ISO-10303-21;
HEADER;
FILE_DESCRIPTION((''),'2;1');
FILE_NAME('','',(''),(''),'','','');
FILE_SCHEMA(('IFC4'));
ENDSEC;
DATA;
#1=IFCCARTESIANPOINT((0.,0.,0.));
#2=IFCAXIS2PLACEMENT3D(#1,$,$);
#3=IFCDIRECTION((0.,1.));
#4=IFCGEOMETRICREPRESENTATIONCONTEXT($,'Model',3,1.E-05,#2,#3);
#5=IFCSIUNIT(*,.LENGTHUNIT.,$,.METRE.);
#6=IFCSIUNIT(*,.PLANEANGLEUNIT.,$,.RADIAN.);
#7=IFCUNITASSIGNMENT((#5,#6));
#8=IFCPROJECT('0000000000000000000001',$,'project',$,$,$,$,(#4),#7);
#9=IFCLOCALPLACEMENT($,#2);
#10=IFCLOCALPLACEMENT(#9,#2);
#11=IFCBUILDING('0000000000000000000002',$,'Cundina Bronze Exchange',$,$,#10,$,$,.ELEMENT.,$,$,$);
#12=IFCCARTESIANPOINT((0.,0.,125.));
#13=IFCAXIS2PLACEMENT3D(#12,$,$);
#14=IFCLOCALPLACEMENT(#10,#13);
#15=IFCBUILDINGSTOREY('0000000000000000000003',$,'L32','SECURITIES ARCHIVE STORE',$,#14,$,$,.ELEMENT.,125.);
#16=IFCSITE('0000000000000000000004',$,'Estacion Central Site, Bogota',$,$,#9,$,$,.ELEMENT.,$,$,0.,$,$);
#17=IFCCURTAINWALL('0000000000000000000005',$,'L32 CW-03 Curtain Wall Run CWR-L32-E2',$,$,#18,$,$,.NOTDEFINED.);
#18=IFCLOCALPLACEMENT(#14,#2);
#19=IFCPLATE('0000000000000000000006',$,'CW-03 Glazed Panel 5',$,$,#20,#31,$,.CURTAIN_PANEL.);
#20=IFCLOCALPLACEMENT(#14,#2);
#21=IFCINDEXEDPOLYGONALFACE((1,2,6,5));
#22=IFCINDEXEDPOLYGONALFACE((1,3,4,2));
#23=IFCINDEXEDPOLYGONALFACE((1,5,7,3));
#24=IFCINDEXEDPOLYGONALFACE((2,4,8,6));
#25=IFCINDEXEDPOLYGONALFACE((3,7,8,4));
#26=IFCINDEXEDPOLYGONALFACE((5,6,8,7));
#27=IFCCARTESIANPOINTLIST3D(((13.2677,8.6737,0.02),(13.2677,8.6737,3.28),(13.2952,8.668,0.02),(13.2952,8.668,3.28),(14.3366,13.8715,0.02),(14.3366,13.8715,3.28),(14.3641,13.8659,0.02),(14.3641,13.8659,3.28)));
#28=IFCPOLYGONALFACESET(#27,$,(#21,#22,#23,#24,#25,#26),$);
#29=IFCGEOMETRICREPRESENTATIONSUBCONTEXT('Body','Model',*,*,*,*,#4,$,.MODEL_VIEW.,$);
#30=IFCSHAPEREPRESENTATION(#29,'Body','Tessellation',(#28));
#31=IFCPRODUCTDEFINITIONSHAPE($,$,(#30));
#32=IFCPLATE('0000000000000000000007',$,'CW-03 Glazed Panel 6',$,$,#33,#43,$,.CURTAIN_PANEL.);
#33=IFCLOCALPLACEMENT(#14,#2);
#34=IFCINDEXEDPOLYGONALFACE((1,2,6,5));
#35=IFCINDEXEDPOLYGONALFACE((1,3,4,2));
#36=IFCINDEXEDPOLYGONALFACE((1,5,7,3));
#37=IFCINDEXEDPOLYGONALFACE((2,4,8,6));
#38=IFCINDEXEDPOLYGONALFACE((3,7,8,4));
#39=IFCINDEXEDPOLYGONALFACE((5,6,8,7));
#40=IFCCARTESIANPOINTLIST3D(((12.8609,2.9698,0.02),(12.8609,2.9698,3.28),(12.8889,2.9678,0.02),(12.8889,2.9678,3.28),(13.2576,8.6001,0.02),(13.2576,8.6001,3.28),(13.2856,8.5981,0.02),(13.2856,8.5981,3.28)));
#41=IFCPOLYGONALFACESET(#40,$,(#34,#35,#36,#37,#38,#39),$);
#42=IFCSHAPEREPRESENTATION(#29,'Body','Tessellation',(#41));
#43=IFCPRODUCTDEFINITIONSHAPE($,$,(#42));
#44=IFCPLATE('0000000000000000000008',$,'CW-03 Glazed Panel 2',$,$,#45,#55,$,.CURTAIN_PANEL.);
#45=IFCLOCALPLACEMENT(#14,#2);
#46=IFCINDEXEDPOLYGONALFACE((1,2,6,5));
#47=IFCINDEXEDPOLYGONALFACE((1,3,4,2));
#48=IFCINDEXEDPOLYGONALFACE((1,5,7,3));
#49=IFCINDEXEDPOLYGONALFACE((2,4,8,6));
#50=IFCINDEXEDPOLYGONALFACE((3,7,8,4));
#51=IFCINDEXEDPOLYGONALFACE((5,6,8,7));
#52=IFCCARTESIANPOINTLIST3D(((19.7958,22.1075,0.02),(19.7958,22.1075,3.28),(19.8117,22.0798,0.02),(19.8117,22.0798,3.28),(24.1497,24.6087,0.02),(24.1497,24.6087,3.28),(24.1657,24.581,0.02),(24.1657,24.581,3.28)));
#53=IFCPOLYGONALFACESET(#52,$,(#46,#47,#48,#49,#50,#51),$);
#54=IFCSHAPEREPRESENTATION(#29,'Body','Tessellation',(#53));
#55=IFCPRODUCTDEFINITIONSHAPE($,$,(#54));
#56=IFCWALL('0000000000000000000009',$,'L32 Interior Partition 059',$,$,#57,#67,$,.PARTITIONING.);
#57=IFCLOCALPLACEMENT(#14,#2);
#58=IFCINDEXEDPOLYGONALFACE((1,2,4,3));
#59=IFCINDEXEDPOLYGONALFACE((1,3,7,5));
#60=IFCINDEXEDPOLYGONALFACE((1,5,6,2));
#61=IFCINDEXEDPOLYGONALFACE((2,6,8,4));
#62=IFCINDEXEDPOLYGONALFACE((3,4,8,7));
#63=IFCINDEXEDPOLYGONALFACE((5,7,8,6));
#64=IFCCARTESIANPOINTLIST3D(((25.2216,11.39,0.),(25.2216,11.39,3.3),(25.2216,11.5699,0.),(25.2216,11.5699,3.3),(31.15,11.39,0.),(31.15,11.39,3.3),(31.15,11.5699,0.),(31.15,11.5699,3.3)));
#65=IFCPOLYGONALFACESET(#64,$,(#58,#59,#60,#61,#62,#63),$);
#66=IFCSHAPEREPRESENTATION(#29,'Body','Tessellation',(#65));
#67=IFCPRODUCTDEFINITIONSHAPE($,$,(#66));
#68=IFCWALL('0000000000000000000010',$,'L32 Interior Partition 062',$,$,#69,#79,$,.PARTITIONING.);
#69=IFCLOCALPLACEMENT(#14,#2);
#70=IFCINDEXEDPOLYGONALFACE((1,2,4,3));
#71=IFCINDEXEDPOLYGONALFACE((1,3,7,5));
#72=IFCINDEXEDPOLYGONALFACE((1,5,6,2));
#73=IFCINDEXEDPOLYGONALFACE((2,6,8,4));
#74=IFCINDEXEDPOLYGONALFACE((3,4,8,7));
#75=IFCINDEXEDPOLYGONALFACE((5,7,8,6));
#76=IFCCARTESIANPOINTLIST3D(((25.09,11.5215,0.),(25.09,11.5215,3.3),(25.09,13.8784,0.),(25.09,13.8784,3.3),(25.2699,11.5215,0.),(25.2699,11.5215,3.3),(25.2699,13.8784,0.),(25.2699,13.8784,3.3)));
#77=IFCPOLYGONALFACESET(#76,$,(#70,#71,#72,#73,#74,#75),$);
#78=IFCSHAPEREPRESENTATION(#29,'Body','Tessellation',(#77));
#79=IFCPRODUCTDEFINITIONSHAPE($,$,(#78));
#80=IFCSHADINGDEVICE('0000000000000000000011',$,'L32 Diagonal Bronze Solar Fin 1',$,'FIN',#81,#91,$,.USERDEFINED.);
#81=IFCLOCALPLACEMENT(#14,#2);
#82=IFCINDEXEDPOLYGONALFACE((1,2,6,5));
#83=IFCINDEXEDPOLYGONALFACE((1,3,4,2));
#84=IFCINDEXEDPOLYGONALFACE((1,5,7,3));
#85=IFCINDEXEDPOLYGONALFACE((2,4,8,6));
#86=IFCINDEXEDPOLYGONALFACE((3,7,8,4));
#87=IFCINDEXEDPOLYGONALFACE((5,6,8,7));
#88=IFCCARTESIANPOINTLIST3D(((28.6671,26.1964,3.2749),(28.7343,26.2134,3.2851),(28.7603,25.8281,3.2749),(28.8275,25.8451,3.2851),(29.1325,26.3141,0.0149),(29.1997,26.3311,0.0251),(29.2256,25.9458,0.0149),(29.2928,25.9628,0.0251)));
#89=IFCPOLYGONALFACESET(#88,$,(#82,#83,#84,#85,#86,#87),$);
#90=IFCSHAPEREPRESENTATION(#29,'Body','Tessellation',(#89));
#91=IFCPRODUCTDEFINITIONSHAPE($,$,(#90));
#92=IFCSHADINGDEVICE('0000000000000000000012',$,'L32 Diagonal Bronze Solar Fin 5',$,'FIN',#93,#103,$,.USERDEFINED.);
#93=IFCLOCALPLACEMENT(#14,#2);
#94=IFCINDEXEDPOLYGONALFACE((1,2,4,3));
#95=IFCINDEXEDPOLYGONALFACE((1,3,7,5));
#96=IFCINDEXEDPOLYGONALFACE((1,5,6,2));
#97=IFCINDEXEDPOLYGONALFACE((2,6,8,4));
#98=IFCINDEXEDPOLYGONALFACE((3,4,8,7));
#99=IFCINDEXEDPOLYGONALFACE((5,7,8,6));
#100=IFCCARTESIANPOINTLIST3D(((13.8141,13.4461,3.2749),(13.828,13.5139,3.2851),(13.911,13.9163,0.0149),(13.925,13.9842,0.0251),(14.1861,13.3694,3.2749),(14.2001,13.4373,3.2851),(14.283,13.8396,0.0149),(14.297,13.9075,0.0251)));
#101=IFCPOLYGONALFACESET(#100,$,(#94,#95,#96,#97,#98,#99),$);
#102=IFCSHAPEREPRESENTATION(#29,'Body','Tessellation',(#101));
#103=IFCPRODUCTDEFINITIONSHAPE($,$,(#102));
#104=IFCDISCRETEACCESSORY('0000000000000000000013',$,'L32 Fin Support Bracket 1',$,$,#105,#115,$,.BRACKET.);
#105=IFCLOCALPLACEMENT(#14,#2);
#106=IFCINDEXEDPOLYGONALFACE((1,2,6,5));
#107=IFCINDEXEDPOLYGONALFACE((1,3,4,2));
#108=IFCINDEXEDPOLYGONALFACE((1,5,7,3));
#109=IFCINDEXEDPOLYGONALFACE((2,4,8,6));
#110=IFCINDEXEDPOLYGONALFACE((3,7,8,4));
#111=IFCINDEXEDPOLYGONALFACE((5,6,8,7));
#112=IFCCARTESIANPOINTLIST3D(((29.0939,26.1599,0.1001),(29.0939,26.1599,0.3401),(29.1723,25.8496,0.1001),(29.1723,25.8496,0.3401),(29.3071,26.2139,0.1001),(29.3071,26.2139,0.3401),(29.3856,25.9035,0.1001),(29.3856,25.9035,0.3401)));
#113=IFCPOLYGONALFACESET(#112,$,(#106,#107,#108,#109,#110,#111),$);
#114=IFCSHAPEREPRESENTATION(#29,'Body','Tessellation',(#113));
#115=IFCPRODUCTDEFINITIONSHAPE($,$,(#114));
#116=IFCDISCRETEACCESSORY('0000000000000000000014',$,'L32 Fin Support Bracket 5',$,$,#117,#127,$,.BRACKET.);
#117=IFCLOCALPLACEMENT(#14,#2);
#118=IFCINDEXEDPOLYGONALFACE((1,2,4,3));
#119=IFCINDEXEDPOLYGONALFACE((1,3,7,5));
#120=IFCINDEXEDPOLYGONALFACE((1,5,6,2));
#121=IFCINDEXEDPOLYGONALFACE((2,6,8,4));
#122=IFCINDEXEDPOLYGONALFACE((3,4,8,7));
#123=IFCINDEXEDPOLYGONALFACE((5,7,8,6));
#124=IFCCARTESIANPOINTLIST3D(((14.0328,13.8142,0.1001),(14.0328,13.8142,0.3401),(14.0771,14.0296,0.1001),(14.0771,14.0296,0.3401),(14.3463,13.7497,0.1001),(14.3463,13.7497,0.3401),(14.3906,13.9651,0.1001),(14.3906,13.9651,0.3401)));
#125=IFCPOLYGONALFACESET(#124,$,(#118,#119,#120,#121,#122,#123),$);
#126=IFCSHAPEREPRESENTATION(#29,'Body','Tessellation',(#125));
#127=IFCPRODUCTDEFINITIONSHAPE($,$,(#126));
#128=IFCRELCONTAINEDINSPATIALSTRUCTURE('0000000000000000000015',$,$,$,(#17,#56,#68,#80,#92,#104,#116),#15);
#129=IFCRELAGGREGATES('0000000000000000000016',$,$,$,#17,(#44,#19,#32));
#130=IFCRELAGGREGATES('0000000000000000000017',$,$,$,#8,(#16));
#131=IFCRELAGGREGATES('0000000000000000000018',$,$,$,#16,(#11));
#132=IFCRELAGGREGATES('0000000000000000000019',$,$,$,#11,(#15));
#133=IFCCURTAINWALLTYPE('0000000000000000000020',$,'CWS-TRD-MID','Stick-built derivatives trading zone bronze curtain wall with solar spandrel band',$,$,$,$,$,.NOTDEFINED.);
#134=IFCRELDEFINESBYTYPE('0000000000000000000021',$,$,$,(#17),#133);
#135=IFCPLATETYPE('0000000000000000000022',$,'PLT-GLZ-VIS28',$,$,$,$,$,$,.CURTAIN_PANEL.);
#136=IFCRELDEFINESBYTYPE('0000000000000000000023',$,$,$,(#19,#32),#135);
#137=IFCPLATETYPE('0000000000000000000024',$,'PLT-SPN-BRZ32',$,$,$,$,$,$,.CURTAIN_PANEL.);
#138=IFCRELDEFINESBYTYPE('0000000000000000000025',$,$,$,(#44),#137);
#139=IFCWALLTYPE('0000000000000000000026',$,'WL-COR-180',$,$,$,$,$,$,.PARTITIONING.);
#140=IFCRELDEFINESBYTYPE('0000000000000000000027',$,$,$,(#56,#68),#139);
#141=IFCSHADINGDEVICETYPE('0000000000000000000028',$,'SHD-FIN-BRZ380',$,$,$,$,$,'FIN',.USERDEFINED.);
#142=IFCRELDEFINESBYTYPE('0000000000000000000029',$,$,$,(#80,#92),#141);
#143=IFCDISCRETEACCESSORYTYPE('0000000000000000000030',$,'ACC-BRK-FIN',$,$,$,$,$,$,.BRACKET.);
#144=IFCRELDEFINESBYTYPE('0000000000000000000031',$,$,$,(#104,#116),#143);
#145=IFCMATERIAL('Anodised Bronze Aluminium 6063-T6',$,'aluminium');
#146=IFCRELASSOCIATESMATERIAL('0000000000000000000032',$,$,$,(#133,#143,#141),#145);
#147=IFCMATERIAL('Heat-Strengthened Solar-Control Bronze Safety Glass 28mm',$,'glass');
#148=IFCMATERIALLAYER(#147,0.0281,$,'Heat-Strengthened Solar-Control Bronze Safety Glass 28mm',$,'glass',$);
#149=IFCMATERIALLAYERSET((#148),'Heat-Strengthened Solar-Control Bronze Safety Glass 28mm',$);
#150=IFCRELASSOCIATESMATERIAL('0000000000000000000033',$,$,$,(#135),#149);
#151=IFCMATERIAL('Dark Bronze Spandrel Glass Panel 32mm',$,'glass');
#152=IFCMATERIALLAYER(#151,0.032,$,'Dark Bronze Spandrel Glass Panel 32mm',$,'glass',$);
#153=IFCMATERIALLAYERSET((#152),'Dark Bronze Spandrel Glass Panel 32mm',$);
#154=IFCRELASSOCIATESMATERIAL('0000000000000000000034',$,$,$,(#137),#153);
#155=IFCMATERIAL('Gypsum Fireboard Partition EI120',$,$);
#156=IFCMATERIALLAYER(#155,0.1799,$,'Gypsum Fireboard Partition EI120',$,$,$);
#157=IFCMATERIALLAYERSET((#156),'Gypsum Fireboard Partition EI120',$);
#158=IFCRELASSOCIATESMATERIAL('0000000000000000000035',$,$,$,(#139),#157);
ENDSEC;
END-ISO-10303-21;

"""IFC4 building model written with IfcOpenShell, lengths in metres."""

from ifc_helpers import new_model, si_unit, direction, frame, frame_2d, origin, origin_2d, place, context, subcontext, project, spatial, rectangle, extrude, material, layer, layer_set, material_profile, profile_set, type_object, element, aggregate, save


model = new_model("IFC4")

# Units and contexts
model_context = context("Model", 3, precision=1e-05, world=origin(), true_north=direction((0.0, 1.0)))
body_context = subcontext(model_context, "Body", "Model", "MODEL_VIEW")
ifc_project = project(units=[si_unit("LENGTHUNIT", "METRE"), si_unit("PLANEANGLEUNIT", "RADIAN")], contexts=[model_context])

# Site, building, storey
site_placement = place(None, origin())
site = spatial("IfcSite", under=ifc_project, at=site_placement, Name="Estacion Central Site, Bogota", CompositionType="ELEMENT", RefElevation=0.0)
building_placement = place(site_placement, origin())
building = spatial("IfcBuilding", under=site, at=building_placement, Name="Cundina Bronze Exchange", CompositionType="ELEMENT")
storey_placement = place(building_placement, frame((0.0, 0.0, 125.0)))
storey = spatial("IfcBuildingStorey", under=building, at=storey_placement, Name="L32", Description="SECURITIES ARCHIVE STORE", CompositionType="ELEMENT", Elevation=125.0)

# Shared definitions
ifc_material_1 = material(Name="Anodised Bronze Aluminium 6063-T6", Category="aluminium")
curtain_wall_type = type_object("IfcCurtainWallType", Name="CWS-TRD-MID", Description="Stick-built derivatives trading zone bronze curtain wall with solar spandrel band", PredefinedType="NOTDEFINED", material=ifc_material_1)

# Curtain wall, plates
curtain_wall_1_placement = place(storey_placement, origin())
curtain_wall_1 = element("IfcCurtainWall", 1, at=curtain_wall_1_placement, inside=storey, type_object=curtain_wall_type, Name="L32 CW-03 Curtain Wall Run CWR-L32-E2", PredefinedType="NOTDEFINED")
ifc_material_2 = material(Name="Heat-Strengthened Solar-Control Bronze Safety Glass 28mm", Category="glass")
ifc_layer_1 = layer(ifc_material_2, 0.0281, Name="Heat-Strengthened Solar-Control Bronze Safety Glass 28mm", Category="glass")
ifc_layer_set_1 = layer_set([ifc_layer_1], Name="Heat-Strengthened Solar-Control Bronze Safety Glass 28mm")
plate_type_1 = type_object("IfcPlateType", Name="PLT-GLZ-VIS28", PredefinedType="CURTAIN_PANEL", material=ifc_layer_set_1)
plate_1_placement = place(storey_placement, frame((13.8159, 11.2698, 0.02), z_axis=(0.0, 0.0, 1.0), x_axis=(-0.20142, -0.979505, 0.0)))
plate_1 = element("IfcPlate", 2, at=plate_1_placement, type_object=plate_type_1, Name="CW-03 Glazed Panel 5", PredefinedType="CURTAIN_PANEL", context=body_context, shape_type="SweptSolid", body=[
    extrude(rectangle(XDim=5.3066, YDim=0.0281, at=origin_2d()), origin(), (0.0, 0.0, 1.0), 3.26),
])
plate_2_placement = place(storey_placement, frame((13.0732, 5.7839, 0.02), z_axis=(0.0, 0.0, 1.0), x_axis=(-0.070279, -0.997527, 0.0)))
plate_2 = element("IfcPlate", 3, at=plate_2_placement, type_object=plate_type_1, Name="CW-03 Glazed Panel 6", PredefinedType="CURTAIN_PANEL", context=body_context, shape_type="SweptSolid", body=[
    extrude(rectangle(XDim=5.6443, YDim=0.0281, at=origin_2d()), origin(), (0.0, 0.0, 1.0), 3.26),
])
ifc_material_3 = material(Name="Dark Bronze Spandrel Glass Panel 32mm", Category="glass")
ifc_layer_2 = layer(ifc_material_3, 0.032, Name="Dark Bronze Spandrel Glass Panel 32mm", Category="glass")
ifc_layer_set_2 = layer_set([ifc_layer_2], Name="Dark Bronze Spandrel Glass Panel 32mm")
plate_type_2 = type_object("IfcPlateType", Name="PLT-SPN-BRZ32", PredefinedType="CURTAIN_PANEL", material=ifc_layer_set_2)
plate_3_placement = place(storey_placement, frame((21.9807, 23.3442, 0.02), z_axis=(0.0, 0.0, 1.0), x_axis=(-0.867105, -0.498125, 0.0)))
plate_3 = element("IfcPlate", 4, at=plate_3_placement, type_object=plate_type_2, Name="CW-03 Glazed Panel 2", PredefinedType="CURTAIN_PANEL", context=body_context, shape_type="SweptSolid", body=[
    extrude(rectangle(XDim=5.0212, YDim=0.032, at=origin_2d()), origin(), (0.0, 0.0, 1.0), 3.26),
])
aggregate(curtain_wall_1, [plate_3, plate_1, plate_2])

# Walls
ifc_material_4 = material(Name="Gypsum Fireboard Partition EI120")
ifc_layer_3 = layer(ifc_material_4, 0.1799, Name="Gypsum Fireboard Partition EI120")
ifc_layer_set_3 = layer_set([ifc_layer_3], Name="Gypsum Fireboard Partition EI120")
wall_type = type_object("IfcWallType", Name="WL-COR-180", PredefinedType="PARTITIONING", material=ifc_layer_set_3)
wall_1_placement = place(storey_placement, frame((25.2214, 11.48, 0.0), z_axis=(0.0, 0.0, 1.0), x_axis=(1.0, 0.0, 0.0)))
element("IfcWall", 5, at=wall_1_placement, inside=storey, type_object=wall_type, Name="L32 Interior Partition 059", PredefinedType="PARTITIONING", context=body_context, shape_type="SweptSolid", body=[
    extrude(rectangle(XDim=5.9285, YDim=0.1799, at=frame_2d((2.9644, 0.0))), origin(), (0.0, 0.0, 1.0), 3.3),
])
wall_2_placement = place(storey_placement, frame((25.1799, 13.8784, 0.0), z_axis=(0.0, 0.0, 1.0), x_axis=(0.0, -1.0, 0.0)))
element("IfcWall", 6, at=wall_2_placement, inside=storey, type_object=wall_type, Name="L32 Interior Partition 062", PredefinedType="PARTITIONING", context=body_context, shape_type="SweptSolid", body=[
    extrude(rectangle(XDim=2.3569, YDim=0.1799, at=frame_2d((1.1785, 0.0))), origin(), (0.0, 0.0, 1.0), 3.3),
])

# Shading devices
ifc_material_profile_1 = material_profile(ifc_material_1, rectangle(XDim=0.0701, YDim=0.3799, at=origin_2d()), Name="FIN70X380", Category="aluminium")
ifc_profile_set_1 = profile_set([ifc_material_profile_1], Name="Anodised Bronze Aluminium 6063-T6")
shading_device_type = type_object("IfcShadingDeviceType", Name="SHD-FIN-BRZ380", ElementType="FIN", PredefinedType="USERDEFINED", material=ifc_profile_set_1)
for number, where, z_axis, x_axis, name in (
    (7, (29.2126, 26.1384, 0.02), (-0.141217, -0.035712, 0.989334), (0.959141, 0.242553, 0.145663), "L32 Diagonal Bronze Solar Fin 1"),
    (8, (14.104, 13.9119, 0.02), (-0.029414, -0.142698, 0.989329), (0.199728, 0.968959, 0.145698), "L32 Diagonal Bronze Solar Fin 5"),
):
    element("IfcShadingDevice", number, at=place(storey_placement, frame(where, z_axis=z_axis, x_axis=x_axis)), inside=storey, type_object=shading_device_type, Name=name, ObjectType="FIN", PredefinedType="USERDEFINED", context=body_context, shape_type="SweptSolid", body=[
        extrude(rectangle(XDim=0.0701, YDim=0.3799, at=origin_2d()), origin(), (0.0, 0.0, 1.0), 3.2952),
    ])

# Discrete accessories
discrete_accessory_type = type_object("IfcDiscreteAccessoryType", Name="ACC-BRK-FIN", PredefinedType="BRACKET", material=ifc_material_1)
for number, where, z_axis, x_axis, name in (
    (9, (29.2397, 26.0317, 0.1001), (0.0, 0.0, 1.0), (-0.969488, -0.245138, 0.0), "L32 Fin Support Bracket 1"),
    (10, (14.2117, 13.8896, 0.1001), (0.0, 0.0, 1.0), (-0.20142, -0.979505, 0.0), "L32 Fin Support Bracket 5"),
):
    element("IfcDiscreteAccessory", number, at=place(storey_placement, frame(where, z_axis=z_axis, x_axis=x_axis)), inside=storey, type_object=discrete_accessory_type, Name=name, PredefinedType="BRACKET", context=body_context, shape_type="SweptSolid", body=[
        extrude(rectangle(XDim=0.22, YDim=0.3201, at=origin_2d()), origin(), (0.0, 0.0, 1.0), 0.24),
    ])

save(model, "model.ifc")
